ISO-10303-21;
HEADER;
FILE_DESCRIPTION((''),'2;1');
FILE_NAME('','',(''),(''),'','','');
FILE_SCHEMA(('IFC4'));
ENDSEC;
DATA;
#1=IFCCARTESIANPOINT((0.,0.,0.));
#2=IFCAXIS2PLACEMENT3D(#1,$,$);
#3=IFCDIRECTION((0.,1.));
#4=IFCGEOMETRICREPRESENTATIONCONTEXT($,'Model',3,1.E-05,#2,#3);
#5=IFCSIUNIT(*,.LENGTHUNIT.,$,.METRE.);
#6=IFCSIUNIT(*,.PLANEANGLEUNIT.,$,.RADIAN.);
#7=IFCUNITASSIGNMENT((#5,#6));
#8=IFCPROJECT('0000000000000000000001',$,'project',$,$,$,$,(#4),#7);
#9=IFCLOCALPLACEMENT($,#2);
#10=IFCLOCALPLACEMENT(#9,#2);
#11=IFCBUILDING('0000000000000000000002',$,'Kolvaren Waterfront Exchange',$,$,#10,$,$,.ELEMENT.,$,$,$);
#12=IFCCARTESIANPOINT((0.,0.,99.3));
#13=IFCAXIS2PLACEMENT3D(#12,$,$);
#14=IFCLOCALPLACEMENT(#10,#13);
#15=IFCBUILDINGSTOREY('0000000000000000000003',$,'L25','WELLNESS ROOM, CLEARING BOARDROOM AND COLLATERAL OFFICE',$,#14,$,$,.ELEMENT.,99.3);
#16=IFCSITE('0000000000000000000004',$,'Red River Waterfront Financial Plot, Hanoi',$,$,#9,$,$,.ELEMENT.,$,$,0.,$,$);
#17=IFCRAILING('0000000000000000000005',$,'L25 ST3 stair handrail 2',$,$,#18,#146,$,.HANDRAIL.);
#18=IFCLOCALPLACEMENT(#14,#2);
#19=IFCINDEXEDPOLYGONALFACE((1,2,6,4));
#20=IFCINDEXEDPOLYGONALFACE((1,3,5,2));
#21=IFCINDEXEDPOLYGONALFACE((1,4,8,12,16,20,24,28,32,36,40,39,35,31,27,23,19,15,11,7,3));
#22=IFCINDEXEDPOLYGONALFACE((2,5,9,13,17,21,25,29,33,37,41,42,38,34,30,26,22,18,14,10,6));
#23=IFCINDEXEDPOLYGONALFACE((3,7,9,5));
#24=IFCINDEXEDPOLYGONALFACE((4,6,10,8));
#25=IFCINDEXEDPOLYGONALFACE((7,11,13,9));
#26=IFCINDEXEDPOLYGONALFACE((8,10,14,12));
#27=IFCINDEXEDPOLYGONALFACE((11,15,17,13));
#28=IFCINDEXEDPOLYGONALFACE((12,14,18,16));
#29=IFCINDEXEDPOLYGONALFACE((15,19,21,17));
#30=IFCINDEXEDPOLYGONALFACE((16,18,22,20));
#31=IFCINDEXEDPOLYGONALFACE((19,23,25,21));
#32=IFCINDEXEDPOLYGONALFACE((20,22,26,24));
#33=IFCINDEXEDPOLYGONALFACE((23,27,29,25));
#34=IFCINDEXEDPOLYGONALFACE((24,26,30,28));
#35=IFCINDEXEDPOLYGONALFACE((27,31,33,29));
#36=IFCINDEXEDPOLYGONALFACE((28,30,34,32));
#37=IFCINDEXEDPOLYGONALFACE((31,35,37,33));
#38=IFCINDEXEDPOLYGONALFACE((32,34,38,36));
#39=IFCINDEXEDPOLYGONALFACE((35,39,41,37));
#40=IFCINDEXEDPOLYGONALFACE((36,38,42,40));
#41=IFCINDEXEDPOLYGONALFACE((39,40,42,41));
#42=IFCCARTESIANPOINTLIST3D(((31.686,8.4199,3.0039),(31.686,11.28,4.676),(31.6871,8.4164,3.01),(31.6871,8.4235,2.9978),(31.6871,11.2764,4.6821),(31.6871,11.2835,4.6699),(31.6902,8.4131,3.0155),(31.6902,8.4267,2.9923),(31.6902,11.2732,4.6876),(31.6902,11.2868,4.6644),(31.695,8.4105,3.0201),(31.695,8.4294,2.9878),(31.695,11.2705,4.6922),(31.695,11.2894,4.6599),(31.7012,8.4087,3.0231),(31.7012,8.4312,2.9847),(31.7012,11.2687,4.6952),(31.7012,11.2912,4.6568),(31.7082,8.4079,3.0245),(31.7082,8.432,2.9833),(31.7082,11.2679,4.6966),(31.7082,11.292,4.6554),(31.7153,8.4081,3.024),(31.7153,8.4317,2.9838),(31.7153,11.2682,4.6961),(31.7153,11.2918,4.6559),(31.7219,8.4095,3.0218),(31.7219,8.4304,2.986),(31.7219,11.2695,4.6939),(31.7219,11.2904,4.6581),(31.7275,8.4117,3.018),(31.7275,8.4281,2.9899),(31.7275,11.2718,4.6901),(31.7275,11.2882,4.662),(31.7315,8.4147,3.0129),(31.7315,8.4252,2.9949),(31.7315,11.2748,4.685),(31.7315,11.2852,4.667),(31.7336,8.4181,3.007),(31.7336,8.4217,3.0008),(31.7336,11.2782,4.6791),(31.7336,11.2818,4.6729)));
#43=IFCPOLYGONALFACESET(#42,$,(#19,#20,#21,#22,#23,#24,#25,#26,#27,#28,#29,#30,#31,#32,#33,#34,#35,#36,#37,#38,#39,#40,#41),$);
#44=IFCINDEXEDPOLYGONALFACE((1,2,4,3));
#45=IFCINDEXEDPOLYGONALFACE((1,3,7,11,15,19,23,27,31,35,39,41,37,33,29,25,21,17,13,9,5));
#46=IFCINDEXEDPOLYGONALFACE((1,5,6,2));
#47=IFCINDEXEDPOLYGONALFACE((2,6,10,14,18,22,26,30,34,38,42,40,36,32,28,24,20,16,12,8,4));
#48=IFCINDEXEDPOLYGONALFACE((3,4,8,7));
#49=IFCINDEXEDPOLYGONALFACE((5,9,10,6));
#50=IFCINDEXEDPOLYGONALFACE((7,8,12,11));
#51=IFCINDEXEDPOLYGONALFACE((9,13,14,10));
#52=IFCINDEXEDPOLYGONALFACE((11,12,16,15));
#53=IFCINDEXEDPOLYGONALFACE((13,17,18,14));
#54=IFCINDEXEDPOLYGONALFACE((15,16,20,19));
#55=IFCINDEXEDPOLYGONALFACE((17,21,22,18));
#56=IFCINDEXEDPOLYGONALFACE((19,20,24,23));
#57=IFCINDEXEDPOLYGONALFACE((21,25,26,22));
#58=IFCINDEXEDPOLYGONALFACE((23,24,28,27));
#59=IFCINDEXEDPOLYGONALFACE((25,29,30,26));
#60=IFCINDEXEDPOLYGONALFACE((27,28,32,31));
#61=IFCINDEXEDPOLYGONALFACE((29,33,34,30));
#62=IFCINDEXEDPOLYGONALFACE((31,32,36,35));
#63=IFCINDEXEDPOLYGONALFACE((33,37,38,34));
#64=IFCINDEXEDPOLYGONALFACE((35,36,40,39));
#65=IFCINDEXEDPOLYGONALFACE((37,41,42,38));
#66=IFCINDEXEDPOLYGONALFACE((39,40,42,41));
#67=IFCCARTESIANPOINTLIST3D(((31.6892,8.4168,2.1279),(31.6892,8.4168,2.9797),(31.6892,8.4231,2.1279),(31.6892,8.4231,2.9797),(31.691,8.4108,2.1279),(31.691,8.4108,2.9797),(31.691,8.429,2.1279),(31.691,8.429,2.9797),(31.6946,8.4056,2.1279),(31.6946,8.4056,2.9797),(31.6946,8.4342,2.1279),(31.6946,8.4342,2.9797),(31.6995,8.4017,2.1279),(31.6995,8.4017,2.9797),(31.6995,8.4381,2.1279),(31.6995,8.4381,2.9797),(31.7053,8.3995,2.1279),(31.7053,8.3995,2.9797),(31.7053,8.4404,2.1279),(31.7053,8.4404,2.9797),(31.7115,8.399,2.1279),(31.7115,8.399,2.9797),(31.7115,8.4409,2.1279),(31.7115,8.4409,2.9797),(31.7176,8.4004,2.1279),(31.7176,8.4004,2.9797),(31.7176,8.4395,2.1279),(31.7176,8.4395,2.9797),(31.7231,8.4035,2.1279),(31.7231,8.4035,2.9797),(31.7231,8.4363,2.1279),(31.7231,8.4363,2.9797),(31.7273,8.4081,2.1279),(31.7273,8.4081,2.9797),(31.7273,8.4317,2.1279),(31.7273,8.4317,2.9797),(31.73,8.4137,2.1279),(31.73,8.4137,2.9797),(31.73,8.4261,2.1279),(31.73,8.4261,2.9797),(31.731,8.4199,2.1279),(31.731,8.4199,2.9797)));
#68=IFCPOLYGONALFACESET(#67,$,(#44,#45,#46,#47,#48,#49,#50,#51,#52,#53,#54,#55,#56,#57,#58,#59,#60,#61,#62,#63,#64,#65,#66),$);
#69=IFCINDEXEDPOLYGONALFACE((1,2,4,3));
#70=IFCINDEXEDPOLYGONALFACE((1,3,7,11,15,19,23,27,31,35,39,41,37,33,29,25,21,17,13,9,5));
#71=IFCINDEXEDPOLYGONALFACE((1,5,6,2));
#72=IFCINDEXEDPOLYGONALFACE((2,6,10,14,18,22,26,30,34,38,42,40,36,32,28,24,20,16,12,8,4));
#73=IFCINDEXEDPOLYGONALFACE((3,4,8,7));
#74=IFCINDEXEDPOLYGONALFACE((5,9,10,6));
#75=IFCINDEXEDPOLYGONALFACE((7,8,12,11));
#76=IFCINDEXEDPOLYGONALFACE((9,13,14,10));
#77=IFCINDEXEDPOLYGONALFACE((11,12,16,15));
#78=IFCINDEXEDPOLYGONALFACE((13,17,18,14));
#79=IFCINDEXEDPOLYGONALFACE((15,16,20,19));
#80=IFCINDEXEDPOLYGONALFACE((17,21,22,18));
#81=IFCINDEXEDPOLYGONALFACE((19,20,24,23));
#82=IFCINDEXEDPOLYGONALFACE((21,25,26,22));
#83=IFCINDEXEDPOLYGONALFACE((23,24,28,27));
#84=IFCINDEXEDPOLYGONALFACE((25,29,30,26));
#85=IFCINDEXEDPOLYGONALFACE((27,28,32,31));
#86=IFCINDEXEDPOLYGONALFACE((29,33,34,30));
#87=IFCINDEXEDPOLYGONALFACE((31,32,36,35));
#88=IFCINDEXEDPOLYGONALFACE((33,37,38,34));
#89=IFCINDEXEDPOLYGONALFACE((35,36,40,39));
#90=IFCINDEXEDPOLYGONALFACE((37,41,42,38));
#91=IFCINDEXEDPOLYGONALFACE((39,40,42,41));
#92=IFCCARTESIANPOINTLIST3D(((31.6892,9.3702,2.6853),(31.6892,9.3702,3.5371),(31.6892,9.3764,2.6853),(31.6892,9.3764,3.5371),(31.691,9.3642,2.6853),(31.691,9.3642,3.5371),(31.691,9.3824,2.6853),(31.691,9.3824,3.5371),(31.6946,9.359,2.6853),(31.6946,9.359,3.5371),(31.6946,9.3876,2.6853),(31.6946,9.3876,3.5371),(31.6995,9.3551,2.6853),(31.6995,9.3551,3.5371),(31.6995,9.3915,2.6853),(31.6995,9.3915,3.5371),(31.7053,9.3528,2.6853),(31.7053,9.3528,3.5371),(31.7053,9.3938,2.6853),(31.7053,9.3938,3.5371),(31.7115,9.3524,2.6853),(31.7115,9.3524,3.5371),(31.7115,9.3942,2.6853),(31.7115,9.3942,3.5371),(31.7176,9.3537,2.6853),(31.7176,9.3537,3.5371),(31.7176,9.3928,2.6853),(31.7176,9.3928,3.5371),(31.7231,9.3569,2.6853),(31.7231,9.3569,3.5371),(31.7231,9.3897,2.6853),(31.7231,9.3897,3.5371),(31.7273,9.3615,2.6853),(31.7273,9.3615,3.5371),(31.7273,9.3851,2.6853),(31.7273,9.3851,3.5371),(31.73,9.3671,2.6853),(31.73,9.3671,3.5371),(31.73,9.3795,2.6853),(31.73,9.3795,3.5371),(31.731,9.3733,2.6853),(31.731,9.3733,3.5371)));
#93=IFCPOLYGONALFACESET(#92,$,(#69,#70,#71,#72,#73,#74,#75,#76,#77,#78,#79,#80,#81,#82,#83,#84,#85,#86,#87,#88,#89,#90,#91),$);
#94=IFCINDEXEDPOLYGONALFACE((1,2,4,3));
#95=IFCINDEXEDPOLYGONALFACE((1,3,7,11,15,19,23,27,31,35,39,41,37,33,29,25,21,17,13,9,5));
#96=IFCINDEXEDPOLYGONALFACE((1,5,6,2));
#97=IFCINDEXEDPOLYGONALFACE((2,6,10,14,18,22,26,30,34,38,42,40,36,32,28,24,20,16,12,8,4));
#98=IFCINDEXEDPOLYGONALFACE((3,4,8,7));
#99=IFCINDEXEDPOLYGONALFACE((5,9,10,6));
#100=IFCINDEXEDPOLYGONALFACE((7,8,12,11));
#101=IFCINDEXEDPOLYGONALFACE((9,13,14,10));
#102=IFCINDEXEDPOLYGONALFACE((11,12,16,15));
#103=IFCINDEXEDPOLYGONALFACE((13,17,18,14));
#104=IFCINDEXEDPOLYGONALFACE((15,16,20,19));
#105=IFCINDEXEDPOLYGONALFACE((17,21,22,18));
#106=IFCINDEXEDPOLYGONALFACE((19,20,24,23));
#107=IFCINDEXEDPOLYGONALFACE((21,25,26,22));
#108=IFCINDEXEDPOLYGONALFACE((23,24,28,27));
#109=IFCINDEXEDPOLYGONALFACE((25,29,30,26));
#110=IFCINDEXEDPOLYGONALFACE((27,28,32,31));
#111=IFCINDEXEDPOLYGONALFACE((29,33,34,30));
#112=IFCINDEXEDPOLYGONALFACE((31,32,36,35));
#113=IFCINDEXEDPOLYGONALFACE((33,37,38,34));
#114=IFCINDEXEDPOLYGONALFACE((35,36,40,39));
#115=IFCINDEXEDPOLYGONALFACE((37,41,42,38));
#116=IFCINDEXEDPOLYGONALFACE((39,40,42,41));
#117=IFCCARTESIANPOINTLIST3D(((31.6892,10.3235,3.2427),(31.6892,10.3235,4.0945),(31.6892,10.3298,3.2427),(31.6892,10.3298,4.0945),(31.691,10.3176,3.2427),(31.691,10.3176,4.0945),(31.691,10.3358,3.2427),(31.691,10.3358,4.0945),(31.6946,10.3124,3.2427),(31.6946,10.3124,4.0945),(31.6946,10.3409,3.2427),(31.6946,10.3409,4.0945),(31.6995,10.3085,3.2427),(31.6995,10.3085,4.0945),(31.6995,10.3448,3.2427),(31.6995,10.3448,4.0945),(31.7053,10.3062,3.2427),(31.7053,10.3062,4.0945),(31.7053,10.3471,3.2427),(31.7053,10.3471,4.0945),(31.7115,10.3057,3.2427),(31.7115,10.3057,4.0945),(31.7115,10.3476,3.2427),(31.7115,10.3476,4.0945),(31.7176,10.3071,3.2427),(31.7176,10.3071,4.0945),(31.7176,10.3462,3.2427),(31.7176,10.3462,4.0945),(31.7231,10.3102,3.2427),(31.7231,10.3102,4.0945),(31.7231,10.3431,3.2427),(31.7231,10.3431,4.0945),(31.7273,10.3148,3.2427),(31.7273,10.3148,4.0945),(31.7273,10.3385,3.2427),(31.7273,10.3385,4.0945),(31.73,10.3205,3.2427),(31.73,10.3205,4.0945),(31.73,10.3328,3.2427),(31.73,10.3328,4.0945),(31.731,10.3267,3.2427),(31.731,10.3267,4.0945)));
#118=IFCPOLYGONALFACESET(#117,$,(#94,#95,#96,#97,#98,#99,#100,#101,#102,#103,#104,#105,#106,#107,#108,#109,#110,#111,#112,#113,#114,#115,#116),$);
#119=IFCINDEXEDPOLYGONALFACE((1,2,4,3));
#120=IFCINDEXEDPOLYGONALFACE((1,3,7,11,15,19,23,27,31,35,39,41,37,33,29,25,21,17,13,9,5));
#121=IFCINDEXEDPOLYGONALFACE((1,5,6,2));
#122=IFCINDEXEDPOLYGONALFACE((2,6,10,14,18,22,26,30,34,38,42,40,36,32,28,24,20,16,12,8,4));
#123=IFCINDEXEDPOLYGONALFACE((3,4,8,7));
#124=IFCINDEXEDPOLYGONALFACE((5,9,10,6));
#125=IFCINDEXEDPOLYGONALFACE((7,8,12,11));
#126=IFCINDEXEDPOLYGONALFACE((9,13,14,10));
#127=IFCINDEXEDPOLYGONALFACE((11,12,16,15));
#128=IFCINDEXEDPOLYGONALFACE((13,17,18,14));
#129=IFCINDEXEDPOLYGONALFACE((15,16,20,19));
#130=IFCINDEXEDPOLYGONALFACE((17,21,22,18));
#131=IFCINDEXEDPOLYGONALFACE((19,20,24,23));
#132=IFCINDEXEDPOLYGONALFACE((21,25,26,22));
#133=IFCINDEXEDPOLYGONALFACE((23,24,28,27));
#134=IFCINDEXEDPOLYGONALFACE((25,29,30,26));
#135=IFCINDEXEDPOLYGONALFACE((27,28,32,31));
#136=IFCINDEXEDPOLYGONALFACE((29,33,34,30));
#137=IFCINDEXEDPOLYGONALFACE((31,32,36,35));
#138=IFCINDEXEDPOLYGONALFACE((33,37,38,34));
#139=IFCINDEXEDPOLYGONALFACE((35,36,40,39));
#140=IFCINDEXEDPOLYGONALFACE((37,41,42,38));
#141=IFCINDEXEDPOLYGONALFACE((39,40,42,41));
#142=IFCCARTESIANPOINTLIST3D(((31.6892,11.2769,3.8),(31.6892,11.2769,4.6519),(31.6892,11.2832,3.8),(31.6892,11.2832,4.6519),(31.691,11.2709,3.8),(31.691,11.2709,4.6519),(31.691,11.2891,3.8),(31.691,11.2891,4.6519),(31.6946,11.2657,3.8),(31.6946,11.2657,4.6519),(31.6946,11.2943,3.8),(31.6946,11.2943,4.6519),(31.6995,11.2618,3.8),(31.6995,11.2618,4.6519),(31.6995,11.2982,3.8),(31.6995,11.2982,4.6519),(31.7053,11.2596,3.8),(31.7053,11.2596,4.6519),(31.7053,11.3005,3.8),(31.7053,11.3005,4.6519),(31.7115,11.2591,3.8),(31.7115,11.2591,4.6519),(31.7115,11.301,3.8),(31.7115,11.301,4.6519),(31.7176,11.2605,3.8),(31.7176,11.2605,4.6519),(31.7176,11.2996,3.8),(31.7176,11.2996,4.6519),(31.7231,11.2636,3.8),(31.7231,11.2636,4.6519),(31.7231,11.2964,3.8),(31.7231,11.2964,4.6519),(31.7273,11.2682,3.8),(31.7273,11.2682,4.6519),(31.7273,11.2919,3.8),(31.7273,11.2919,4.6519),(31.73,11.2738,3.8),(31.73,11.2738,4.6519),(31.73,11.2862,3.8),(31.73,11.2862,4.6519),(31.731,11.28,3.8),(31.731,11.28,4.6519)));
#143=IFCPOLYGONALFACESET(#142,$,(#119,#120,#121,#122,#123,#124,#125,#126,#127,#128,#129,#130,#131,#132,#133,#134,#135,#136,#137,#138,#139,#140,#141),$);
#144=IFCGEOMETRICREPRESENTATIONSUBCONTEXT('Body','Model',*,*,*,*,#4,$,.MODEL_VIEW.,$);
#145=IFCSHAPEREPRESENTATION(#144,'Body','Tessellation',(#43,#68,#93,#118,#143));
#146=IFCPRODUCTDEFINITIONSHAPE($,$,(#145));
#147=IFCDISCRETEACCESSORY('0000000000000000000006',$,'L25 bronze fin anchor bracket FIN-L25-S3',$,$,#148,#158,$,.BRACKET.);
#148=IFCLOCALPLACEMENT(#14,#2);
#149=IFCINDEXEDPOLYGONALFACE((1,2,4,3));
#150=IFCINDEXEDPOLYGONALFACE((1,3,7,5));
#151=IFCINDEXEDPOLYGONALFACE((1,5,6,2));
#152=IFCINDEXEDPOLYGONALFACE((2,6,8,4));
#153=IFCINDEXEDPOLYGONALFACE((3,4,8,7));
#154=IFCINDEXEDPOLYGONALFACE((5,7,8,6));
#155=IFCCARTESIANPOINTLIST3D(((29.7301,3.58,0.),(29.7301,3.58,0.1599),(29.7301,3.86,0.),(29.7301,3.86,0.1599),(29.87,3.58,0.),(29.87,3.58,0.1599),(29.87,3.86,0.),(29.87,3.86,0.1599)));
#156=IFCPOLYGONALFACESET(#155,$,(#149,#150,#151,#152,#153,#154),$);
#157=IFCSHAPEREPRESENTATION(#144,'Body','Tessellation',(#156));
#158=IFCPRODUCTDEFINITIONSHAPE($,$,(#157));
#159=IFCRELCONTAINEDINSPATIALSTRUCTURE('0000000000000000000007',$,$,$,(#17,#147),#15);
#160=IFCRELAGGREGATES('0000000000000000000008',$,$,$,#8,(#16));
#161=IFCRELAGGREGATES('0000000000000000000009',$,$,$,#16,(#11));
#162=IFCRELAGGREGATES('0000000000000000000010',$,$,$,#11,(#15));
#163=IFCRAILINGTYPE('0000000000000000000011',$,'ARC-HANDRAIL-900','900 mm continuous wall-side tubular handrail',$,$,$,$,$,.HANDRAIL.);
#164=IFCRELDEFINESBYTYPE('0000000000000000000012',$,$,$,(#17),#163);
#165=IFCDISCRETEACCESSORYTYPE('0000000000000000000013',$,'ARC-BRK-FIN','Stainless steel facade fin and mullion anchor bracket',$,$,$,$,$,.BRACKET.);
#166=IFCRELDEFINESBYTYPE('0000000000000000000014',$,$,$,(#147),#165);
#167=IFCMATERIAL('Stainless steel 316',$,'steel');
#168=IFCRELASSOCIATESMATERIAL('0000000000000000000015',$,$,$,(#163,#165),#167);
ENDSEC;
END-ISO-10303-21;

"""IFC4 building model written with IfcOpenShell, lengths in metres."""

from ifc_helpers import new_model, si_unit, direction, frame, origin, origin_with_axes, origin_2d, place, context, subcontext, project, spatial, rectangle, circle, extrude, source, transform, mapped, material, type_object, element, save


model = new_model("IFC4")

# Units and contexts
model_context = context("Model", 3, precision=1e-05, world=origin(), true_north=direction((0.0, 1.0)))
body_context = subcontext(model_context, "Body", "Model", "MODEL_VIEW")
ifc_project = project(units=[si_unit("LENGTHUNIT", "METRE"), si_unit("PLANEANGLEUNIT", "RADIAN")], contexts=[model_context])

# Site, building, storey
site_placement = place(None, origin())
site = spatial("IfcSite", under=ifc_project, at=site_placement, Name="Red River Waterfront Financial Plot, Hanoi", CompositionType="ELEMENT", RefElevation=0.0)
building_placement = place(site_placement, origin())
building = spatial("IfcBuilding", under=site, at=building_placement, Name="Kolvaren Waterfront Exchange", CompositionType="ELEMENT")
storey_placement = place(building_placement, frame((0.0, 0.0, 99.3)))
storey = spatial("IfcBuildingStorey", under=building, at=storey_placement, Name="L25", Description="WELLNESS ROOM, CLEARING BOARDROOM AND COLLATERAL OFFICE", CompositionType="ELEMENT", Elevation=99.3)

# Railing
ifc_material_1 = material(Name="Stainless steel 316", Category="steel")
railing_type_1 = type_object("IfcRailingType", Name="ARC-HANDRAIL-900", Description="900 mm continuous wall-side tubular handrail", PredefinedType="HANDRAIL", material=ifc_material_1)
railing_1_placement = place(storey_placement, frame((31.71, 8.4199, 2.1279)))
element("IfcRailing", 1, at=railing_1_placement, inside=storey, type_object=railing_type_1, Name="L25 ST3 stair handrail 2", PredefinedType="HANDRAIL", context=body_context, shape_type="SweptSolid", body=[
    extrude(circle(Radius=0.0239, at=origin_2d()), frame((0.0, 0.0, 0.876), z_axis=(0.0, 0.863289, 0.504709), x_axis=(-1.0, 0.0, 0.0)), (0.0, 0.0, 1.0), 3.313),
    extrude(circle(Radius=0.021, at=origin_2d()), origin(), (0.0, 0.0, 1.0), 0.8518),
    extrude(circle(Radius=0.021, at=origin_2d()), frame((0.0, 0.9534, 0.5574)), (0.0, 0.0, 1.0), 0.8518),
    extrude(circle(Radius=0.021, at=origin_2d()), frame((0.0, 1.9067, 1.1147)), (0.0, 0.0, 1.0), 0.8518),
    extrude(circle(Radius=0.021, at=origin_2d()), frame((0.0, 2.8601, 1.6721)), (0.0, 0.0, 1.0), 0.8518),
])

# Discrete accessory
discrete_accessory_type = type_object("IfcDiscreteAccessoryType", Name="ARC-BRK-FIN", Description="Stainless steel facade fin and mullion anchor bracket", PredefinedType="BRACKET", material=ifc_material_1)
shared_shape_1 = source(origin_with_axes(), body_context, "Body", "SweptSolid", [
    extrude(rectangle(XDim=0.28, YDim=0.1399, at=origin_2d()), origin(), (0.0, 0.0, 1.0), 0.1599),
])
discrete_accessory_placement = place(storey_placement, frame((29.8, 3.72, 0.0), z_axis=(0.0, 0.0, 1.0), x_axis=(0.0, -1.0, 0.0)))
element("IfcDiscreteAccessory", 2, at=discrete_accessory_placement, inside=storey, type_object=discrete_accessory_type, Name="L25 bronze fin anchor bracket FIN-L25-S3", PredefinedType="BRACKET", context=body_context, shape_type="MappedRepresentation", body=[
    mapped(shared_shape_1, transform((0.0, 0.0, 0.0), x_axis=(1.0, 0.0, 0.0), y_axis=(0.0, 1.0, 0.0), z_axis=(0.0, 0.0, 1.0), scale=1.0)),
])

save(model, "model.ifc")
